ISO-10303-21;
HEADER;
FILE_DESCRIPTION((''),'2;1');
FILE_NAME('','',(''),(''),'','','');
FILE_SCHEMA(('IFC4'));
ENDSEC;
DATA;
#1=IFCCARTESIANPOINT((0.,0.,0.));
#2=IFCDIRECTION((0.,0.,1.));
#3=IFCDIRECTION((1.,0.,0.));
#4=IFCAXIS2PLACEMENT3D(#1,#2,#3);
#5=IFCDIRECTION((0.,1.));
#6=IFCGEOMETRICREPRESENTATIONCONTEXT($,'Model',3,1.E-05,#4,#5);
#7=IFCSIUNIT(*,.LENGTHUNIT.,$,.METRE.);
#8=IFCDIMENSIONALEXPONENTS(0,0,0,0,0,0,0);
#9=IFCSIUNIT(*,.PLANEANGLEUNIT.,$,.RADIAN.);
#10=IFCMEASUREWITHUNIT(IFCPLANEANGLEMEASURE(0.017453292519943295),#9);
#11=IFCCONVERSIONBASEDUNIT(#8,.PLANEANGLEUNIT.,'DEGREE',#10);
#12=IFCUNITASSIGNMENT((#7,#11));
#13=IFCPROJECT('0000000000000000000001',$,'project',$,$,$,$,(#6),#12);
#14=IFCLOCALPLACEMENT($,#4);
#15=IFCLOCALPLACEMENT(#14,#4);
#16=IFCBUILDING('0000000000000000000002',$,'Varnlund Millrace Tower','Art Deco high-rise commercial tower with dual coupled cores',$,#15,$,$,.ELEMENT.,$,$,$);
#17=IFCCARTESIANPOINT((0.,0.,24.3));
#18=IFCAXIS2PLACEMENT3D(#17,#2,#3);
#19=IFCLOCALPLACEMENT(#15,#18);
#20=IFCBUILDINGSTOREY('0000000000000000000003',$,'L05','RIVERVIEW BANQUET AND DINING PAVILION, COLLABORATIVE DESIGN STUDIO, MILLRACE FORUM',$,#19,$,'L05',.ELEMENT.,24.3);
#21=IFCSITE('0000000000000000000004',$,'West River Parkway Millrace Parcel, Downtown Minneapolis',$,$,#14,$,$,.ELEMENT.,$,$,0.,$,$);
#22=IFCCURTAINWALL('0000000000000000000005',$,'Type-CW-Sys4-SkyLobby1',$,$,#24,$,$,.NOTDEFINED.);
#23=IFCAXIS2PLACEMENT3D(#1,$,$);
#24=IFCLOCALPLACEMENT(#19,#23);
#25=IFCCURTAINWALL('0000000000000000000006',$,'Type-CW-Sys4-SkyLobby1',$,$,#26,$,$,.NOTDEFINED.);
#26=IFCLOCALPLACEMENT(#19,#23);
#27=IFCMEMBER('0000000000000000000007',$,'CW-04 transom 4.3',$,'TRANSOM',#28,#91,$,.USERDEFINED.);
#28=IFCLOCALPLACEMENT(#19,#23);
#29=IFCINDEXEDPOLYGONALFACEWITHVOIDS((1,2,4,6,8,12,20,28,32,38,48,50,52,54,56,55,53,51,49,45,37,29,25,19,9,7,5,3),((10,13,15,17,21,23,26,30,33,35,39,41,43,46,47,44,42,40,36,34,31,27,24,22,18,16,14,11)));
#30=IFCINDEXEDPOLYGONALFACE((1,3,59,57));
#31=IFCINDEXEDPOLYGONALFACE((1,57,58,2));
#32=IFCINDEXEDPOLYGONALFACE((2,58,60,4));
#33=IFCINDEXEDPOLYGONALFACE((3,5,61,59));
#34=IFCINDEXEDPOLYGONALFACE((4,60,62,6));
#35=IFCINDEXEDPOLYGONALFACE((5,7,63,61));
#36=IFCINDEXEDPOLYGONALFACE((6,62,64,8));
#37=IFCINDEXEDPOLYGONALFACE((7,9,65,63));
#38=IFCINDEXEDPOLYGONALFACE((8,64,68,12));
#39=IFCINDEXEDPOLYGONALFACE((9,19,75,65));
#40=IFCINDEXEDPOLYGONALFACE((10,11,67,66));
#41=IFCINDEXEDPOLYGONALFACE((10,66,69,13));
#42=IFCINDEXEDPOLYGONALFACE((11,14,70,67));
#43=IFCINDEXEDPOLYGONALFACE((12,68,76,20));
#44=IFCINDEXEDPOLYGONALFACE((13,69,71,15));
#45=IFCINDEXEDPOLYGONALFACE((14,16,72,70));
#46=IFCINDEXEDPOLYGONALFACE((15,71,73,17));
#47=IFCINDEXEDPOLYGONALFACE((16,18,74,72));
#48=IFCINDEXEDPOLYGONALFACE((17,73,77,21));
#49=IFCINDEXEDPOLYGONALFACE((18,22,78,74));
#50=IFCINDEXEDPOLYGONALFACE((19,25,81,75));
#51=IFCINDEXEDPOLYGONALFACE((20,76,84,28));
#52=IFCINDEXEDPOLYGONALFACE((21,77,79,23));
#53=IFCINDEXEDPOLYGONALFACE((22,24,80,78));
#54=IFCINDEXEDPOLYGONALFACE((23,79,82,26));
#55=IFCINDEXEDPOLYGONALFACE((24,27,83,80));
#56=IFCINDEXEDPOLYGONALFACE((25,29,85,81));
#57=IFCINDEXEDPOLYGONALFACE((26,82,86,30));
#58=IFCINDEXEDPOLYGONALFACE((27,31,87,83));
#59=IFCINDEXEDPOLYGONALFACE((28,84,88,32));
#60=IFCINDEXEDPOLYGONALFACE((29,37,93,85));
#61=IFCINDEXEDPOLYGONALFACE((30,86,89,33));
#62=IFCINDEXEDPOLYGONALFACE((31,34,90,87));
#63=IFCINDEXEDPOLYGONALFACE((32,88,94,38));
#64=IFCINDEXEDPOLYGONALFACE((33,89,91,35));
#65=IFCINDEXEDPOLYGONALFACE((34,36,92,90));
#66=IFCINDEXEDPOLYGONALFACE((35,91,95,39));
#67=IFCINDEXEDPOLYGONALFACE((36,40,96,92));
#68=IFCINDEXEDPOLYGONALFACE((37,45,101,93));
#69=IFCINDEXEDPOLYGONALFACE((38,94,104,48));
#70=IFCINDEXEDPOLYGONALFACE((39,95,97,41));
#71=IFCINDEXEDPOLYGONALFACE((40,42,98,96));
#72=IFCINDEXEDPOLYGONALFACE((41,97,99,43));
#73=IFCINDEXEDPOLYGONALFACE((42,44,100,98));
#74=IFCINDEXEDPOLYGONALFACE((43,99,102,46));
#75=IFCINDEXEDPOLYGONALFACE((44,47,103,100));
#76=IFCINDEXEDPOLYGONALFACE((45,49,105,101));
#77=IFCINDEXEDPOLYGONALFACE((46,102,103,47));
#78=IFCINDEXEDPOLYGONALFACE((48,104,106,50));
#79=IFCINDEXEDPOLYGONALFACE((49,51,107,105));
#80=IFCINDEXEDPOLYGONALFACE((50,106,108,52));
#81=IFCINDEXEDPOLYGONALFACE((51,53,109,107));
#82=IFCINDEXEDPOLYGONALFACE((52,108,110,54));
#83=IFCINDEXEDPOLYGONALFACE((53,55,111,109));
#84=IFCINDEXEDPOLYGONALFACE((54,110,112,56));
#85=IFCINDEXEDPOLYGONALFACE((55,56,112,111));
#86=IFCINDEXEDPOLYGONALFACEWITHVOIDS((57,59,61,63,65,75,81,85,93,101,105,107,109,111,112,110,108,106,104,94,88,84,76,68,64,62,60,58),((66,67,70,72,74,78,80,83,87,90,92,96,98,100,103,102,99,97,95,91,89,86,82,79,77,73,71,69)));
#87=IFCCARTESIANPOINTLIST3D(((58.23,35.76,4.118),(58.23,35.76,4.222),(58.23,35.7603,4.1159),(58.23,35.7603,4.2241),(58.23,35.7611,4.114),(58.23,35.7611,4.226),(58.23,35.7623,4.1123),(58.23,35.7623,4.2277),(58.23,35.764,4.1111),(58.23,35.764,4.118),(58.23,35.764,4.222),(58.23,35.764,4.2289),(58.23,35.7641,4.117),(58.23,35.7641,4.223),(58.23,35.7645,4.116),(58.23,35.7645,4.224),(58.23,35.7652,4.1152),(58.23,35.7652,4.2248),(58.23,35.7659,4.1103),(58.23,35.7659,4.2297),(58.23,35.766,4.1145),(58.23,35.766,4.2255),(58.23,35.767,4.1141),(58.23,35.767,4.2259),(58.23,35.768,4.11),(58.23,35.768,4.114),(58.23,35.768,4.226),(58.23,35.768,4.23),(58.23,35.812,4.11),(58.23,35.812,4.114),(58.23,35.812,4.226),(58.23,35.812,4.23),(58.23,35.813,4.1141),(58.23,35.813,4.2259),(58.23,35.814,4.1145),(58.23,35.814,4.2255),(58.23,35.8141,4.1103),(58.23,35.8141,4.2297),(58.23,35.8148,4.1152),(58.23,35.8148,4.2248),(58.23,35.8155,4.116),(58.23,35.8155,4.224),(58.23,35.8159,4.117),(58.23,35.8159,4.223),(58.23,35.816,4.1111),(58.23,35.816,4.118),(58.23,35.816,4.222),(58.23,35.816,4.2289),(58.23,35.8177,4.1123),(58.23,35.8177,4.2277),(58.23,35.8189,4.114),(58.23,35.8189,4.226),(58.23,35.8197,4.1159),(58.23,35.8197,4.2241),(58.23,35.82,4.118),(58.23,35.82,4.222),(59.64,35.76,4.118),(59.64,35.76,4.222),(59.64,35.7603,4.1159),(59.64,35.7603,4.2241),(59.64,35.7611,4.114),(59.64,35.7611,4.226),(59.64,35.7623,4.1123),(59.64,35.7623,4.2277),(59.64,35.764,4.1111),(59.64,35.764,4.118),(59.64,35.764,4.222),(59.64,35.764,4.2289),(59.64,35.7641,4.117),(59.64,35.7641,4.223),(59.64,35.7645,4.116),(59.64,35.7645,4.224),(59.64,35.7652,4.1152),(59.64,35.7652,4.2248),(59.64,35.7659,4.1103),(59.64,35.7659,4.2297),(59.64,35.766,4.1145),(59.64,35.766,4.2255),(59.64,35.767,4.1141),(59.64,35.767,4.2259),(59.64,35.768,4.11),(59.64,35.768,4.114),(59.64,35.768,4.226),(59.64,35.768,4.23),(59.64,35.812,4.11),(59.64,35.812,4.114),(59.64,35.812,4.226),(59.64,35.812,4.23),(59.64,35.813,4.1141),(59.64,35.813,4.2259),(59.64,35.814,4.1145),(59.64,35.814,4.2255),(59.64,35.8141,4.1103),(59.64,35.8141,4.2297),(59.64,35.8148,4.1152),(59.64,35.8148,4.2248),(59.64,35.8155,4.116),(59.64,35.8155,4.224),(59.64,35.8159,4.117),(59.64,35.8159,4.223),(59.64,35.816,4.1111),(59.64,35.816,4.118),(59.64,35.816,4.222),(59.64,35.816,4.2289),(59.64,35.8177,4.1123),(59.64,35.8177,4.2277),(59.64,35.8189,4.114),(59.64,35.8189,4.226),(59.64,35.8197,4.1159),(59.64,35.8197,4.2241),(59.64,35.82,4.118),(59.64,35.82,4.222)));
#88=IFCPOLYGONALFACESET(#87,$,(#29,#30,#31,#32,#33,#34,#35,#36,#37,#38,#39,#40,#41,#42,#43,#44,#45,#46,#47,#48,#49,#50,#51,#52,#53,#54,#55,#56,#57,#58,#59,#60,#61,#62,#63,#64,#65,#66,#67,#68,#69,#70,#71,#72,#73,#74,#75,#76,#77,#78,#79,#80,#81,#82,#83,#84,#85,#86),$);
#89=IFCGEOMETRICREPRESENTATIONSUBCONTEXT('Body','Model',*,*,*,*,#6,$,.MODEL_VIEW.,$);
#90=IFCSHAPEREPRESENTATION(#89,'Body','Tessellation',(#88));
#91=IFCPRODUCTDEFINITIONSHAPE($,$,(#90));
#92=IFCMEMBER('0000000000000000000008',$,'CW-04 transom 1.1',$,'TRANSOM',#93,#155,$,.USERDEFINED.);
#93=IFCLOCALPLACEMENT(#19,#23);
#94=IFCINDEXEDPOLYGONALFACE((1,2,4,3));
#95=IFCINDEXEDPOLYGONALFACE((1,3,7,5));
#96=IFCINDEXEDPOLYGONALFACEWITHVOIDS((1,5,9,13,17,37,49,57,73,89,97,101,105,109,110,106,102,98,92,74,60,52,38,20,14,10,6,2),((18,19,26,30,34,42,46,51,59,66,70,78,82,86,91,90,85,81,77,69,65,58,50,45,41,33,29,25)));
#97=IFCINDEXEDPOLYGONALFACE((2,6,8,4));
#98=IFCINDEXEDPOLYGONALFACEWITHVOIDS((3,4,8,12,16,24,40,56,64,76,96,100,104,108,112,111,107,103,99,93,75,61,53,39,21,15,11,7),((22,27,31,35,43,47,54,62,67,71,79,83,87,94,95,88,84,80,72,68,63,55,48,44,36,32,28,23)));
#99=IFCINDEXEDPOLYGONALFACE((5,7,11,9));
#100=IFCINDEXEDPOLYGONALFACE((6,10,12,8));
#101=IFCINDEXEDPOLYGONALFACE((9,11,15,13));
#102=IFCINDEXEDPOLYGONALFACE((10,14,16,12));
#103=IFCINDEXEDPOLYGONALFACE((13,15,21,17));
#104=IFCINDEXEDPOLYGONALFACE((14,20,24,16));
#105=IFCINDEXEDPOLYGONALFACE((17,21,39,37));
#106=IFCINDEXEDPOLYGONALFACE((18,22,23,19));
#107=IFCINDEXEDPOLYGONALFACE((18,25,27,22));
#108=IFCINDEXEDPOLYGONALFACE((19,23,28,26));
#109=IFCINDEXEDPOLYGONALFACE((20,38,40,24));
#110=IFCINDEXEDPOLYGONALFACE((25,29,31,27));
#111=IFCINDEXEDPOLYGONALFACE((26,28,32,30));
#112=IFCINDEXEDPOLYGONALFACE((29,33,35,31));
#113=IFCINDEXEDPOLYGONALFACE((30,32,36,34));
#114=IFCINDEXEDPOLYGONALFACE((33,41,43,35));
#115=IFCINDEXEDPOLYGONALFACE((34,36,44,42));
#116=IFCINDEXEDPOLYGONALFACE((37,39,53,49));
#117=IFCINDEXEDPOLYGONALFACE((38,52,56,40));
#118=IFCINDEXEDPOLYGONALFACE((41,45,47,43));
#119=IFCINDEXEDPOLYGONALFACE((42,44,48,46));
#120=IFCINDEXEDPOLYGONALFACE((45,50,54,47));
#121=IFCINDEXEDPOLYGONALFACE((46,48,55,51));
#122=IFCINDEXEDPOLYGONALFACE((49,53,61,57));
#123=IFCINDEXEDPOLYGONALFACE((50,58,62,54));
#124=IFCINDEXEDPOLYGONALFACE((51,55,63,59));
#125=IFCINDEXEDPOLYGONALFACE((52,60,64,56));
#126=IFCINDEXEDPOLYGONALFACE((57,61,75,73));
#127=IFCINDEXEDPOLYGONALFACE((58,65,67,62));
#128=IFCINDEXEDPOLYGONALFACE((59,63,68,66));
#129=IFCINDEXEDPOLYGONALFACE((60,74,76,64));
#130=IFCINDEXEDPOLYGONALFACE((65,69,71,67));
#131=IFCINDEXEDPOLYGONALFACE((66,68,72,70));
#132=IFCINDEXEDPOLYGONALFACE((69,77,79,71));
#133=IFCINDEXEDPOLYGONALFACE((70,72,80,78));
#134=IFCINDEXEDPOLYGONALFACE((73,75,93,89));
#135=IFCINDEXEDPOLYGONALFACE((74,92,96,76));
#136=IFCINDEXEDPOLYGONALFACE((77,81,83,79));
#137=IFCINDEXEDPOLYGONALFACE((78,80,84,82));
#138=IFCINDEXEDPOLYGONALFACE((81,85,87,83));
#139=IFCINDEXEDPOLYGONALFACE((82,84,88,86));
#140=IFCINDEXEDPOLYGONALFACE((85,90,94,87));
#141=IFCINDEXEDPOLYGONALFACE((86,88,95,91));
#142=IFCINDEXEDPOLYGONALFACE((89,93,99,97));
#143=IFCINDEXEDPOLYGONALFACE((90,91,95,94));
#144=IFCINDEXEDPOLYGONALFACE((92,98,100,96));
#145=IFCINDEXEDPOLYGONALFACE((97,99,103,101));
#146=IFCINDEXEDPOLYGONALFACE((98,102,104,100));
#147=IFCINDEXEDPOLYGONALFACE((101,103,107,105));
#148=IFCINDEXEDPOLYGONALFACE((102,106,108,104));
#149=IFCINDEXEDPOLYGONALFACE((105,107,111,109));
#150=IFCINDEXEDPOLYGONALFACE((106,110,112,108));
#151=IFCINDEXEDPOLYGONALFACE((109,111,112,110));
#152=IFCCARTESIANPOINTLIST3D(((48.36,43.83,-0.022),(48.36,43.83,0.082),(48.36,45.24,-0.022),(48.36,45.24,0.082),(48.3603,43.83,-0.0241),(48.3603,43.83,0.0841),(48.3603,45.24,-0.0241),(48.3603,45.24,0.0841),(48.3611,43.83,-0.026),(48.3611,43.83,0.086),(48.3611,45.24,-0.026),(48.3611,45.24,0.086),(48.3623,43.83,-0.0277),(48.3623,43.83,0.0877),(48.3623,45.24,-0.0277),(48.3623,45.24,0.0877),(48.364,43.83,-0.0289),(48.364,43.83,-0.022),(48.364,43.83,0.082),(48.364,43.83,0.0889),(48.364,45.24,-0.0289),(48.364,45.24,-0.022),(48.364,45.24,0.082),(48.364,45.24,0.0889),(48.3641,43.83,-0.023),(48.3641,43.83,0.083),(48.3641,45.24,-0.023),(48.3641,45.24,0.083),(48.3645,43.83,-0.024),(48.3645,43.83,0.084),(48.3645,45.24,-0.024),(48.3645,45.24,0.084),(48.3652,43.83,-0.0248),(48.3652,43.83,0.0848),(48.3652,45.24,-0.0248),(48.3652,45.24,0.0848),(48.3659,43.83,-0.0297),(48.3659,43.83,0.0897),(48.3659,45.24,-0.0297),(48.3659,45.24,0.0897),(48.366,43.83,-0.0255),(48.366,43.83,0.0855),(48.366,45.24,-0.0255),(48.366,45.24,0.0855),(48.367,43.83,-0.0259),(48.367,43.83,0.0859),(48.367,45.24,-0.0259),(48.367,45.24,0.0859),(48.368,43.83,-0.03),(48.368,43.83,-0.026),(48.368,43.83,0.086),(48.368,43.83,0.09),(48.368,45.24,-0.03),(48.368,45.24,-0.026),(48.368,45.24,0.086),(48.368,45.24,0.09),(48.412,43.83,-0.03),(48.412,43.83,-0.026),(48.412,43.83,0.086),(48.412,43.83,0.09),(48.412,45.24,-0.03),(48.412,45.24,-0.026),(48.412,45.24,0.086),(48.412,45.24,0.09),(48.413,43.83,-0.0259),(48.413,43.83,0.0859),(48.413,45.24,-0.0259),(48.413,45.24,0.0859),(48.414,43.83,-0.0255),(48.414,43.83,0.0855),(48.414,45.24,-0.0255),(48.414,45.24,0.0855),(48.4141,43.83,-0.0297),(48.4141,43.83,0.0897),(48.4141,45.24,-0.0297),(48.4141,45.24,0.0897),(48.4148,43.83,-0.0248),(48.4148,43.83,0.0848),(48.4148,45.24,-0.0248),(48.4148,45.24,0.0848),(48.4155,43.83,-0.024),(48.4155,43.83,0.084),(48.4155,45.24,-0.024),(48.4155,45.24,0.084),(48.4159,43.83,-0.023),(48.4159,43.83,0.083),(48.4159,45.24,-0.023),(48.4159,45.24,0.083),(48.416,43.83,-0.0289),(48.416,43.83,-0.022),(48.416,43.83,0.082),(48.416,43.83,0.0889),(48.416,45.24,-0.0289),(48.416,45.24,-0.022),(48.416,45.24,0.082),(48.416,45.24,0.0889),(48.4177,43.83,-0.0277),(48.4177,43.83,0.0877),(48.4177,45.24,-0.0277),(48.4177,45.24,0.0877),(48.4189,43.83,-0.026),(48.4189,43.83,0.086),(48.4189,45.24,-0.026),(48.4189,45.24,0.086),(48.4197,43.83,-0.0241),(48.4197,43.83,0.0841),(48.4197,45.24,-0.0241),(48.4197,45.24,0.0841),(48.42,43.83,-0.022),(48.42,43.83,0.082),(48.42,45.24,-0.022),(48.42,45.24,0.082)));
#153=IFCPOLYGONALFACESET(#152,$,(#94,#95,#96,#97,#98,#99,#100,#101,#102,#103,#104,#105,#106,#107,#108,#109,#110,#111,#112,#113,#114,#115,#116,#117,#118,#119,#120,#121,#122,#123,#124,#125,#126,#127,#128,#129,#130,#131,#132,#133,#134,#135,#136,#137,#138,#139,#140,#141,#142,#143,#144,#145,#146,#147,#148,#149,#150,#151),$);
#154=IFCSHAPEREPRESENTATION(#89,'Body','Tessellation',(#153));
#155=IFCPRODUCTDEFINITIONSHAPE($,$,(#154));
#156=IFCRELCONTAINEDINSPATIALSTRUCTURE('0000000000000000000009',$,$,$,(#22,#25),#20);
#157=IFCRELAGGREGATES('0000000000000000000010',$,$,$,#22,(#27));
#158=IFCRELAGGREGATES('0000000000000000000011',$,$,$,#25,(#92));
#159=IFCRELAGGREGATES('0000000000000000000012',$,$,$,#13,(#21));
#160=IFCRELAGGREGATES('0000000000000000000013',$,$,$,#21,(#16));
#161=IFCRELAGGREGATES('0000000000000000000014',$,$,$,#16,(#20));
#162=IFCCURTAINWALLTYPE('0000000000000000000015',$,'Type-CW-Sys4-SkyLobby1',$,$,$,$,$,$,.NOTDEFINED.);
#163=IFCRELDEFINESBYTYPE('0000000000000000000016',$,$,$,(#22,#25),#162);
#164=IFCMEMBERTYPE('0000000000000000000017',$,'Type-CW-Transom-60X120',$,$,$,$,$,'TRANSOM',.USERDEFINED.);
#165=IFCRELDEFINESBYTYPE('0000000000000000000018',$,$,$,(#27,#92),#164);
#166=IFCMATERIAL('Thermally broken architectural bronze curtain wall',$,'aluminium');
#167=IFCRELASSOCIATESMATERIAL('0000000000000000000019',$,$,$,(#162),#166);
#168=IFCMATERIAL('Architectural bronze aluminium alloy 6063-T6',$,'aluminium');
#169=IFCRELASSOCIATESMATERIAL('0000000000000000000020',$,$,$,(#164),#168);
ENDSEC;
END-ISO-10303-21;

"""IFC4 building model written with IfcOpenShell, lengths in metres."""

from ifc_helpers import new_model, entity, si_unit, converted_unit, direction, frame, origin_with_axes, origin_2d_with_axis, place, context, subcontext, project, spatial, hollow_rectangle, extrude, material, material_profile, profile_set, type_object, element, aggregate, save


model = new_model("IFC4")

# Units and contexts
model_context = context("Model", 3, precision=1e-05, world=origin_with_axes(), true_north=direction((0.0, 1.0)))
body_context = subcontext(model_context, "Body", "Model", "MODEL_VIEW")
ifc_project = project(units=[si_unit("LENGTHUNIT", "METRE"), converted_unit("PLANEANGLEUNIT", "DEGREE", entity("IfcPlaneAngleMeasure", 0.017453292519943295), si_unit("PLANEANGLEUNIT", "RADIAN"), dimensions=[0, 0, 0, 0, 0, 0, 0])], contexts=[model_context])

# Site, building, storey
site_placement = place(None, origin_with_axes())
site = spatial("IfcSite", under=ifc_project, at=site_placement, Name="West River Parkway Millrace Parcel, Downtown Minneapolis", CompositionType="ELEMENT", RefElevation=0.0)
building_placement = place(site_placement, origin_with_axes())
building = spatial("IfcBuilding", under=site, at=building_placement, Name="Varnlund Millrace Tower", Description="Art Deco high-rise commercial tower with dual coupled cores", CompositionType="ELEMENT")
storey_placement = place(building_placement, frame((0.0, 0.0, 24.3), z_axis=(0.0, 0.0, 1.0), x_axis=(1.0, 0.0, 0.0)))
storey = spatial("IfcBuildingStorey", under=building, at=storey_placement, Name="L05", Description="RIVERVIEW BANQUET AND DINING PAVILION, COLLABORATIVE DESIGN STUDIO, MILLRACE FORUM", LongName="L05", CompositionType="ELEMENT", Elevation=24.3)

# Curtain walls
ifc_material_1 = material(Name="Thermally broken architectural bronze curtain wall", Category="aluminium")
curtain_wall_type = type_object("IfcCurtainWallType", Name="Type-CW-Sys4-SkyLobby1", PredefinedType="NOTDEFINED", material=ifc_material_1)
curtain_wall_1_placement = place(storey_placement, frame((53.7, 35.79, 0.0), z_axis=(0.0, 0.0, 1.0), x_axis=(1.0, 0.0, 0.0)))
curtain_wall_1 = element("IfcCurtainWall", 1, at=curtain_wall_1_placement, inside=storey, type_object=curtain_wall_type, Name="Type-CW-Sys4-SkyLobby1", PredefinedType="NOTDEFINED")
ifc_material_2 = material(Name="Architectural bronze aluminium alloy 6063-T6", Category="aluminium")
curtain_wall_2_placement = place(storey_placement, frame((48.39, 45.3, 0.0), z_axis=(0.0, 0.0, 1.0), x_axis=(1.0, 0.0, 0.0)))
curtain_wall_2 = element("IfcCurtainWall", 2, at=curtain_wall_2_placement, inside=storey, type_object=curtain_wall_type, Name="Type-CW-Sys4-SkyLobby1", PredefinedType="NOTDEFINED")

# Members
ifc_material_profile_1 = material_profile(ifc_material_2, hollow_rectangle(XDim=0.06, YDim=0.12, WallThickness=0.004, InnerFilletRadius=0.004, OuterFilletRadius=0.008, at=origin_2d_with_axis()), Name="Architectural bronze aluminium alloy 6063-T6")
ifc_profile_set_1 = profile_set([ifc_material_profile_1], Name="Architectural bronze aluminium alloy 6063-T6")
member_type_1 = type_object("IfcMemberType", Name="Type-CW-Transom-60X120", ElementType="TRANSOM", PredefinedType="USERDEFINED", material=ifc_profile_set_1)
member_1_placement = place(storey_placement, frame((58.23, 35.79, 4.17), z_axis=(1.0, 0.0, 0.0), x_axis=(0.0, 1.0, 0.0)))
member_1 = element("IfcMember", 3, at=member_1_placement, type_object=member_type_1, Name="CW-04 transom 4.3", ObjectType="TRANSOM", PredefinedType="USERDEFINED", context=body_context, shape_type="SweptSolid", body=[
    extrude(hollow_rectangle(XDim=0.06, YDim=0.12, WallThickness=0.004, InnerFilletRadius=0.004, OuterFilletRadius=0.008, at=origin_2d_with_axis()), origin_with_axes(), (0.0, 0.0, 1.0), 1.41),
])
member_2_placement = place(storey_placement, frame((48.39, 45.24, 0.03), z_axis=(0.0, -1.0, 0.0), x_axis=(1.0, 0.0, 0.0)))
member_2 = element("IfcMember", 4, at=member_2_placement, type_object=member_type_1, Name="CW-04 transom 1.1", ObjectType="TRANSOM", PredefinedType="USERDEFINED", context=body_context, shape_type="SweptSolid", body=[
    extrude(hollow_rectangle(XDim=0.06, YDim=0.12, WallThickness=0.004, InnerFilletRadius=0.004, OuterFilletRadius=0.008, at=origin_2d_with_axis()), origin_with_axes(), (0.0, 0.0, 1.0), 1.41),
])

aggregate(curtain_wall_1, [member_1])
aggregate(curtain_wall_2, [member_2])

save(model, "model.ifc")
